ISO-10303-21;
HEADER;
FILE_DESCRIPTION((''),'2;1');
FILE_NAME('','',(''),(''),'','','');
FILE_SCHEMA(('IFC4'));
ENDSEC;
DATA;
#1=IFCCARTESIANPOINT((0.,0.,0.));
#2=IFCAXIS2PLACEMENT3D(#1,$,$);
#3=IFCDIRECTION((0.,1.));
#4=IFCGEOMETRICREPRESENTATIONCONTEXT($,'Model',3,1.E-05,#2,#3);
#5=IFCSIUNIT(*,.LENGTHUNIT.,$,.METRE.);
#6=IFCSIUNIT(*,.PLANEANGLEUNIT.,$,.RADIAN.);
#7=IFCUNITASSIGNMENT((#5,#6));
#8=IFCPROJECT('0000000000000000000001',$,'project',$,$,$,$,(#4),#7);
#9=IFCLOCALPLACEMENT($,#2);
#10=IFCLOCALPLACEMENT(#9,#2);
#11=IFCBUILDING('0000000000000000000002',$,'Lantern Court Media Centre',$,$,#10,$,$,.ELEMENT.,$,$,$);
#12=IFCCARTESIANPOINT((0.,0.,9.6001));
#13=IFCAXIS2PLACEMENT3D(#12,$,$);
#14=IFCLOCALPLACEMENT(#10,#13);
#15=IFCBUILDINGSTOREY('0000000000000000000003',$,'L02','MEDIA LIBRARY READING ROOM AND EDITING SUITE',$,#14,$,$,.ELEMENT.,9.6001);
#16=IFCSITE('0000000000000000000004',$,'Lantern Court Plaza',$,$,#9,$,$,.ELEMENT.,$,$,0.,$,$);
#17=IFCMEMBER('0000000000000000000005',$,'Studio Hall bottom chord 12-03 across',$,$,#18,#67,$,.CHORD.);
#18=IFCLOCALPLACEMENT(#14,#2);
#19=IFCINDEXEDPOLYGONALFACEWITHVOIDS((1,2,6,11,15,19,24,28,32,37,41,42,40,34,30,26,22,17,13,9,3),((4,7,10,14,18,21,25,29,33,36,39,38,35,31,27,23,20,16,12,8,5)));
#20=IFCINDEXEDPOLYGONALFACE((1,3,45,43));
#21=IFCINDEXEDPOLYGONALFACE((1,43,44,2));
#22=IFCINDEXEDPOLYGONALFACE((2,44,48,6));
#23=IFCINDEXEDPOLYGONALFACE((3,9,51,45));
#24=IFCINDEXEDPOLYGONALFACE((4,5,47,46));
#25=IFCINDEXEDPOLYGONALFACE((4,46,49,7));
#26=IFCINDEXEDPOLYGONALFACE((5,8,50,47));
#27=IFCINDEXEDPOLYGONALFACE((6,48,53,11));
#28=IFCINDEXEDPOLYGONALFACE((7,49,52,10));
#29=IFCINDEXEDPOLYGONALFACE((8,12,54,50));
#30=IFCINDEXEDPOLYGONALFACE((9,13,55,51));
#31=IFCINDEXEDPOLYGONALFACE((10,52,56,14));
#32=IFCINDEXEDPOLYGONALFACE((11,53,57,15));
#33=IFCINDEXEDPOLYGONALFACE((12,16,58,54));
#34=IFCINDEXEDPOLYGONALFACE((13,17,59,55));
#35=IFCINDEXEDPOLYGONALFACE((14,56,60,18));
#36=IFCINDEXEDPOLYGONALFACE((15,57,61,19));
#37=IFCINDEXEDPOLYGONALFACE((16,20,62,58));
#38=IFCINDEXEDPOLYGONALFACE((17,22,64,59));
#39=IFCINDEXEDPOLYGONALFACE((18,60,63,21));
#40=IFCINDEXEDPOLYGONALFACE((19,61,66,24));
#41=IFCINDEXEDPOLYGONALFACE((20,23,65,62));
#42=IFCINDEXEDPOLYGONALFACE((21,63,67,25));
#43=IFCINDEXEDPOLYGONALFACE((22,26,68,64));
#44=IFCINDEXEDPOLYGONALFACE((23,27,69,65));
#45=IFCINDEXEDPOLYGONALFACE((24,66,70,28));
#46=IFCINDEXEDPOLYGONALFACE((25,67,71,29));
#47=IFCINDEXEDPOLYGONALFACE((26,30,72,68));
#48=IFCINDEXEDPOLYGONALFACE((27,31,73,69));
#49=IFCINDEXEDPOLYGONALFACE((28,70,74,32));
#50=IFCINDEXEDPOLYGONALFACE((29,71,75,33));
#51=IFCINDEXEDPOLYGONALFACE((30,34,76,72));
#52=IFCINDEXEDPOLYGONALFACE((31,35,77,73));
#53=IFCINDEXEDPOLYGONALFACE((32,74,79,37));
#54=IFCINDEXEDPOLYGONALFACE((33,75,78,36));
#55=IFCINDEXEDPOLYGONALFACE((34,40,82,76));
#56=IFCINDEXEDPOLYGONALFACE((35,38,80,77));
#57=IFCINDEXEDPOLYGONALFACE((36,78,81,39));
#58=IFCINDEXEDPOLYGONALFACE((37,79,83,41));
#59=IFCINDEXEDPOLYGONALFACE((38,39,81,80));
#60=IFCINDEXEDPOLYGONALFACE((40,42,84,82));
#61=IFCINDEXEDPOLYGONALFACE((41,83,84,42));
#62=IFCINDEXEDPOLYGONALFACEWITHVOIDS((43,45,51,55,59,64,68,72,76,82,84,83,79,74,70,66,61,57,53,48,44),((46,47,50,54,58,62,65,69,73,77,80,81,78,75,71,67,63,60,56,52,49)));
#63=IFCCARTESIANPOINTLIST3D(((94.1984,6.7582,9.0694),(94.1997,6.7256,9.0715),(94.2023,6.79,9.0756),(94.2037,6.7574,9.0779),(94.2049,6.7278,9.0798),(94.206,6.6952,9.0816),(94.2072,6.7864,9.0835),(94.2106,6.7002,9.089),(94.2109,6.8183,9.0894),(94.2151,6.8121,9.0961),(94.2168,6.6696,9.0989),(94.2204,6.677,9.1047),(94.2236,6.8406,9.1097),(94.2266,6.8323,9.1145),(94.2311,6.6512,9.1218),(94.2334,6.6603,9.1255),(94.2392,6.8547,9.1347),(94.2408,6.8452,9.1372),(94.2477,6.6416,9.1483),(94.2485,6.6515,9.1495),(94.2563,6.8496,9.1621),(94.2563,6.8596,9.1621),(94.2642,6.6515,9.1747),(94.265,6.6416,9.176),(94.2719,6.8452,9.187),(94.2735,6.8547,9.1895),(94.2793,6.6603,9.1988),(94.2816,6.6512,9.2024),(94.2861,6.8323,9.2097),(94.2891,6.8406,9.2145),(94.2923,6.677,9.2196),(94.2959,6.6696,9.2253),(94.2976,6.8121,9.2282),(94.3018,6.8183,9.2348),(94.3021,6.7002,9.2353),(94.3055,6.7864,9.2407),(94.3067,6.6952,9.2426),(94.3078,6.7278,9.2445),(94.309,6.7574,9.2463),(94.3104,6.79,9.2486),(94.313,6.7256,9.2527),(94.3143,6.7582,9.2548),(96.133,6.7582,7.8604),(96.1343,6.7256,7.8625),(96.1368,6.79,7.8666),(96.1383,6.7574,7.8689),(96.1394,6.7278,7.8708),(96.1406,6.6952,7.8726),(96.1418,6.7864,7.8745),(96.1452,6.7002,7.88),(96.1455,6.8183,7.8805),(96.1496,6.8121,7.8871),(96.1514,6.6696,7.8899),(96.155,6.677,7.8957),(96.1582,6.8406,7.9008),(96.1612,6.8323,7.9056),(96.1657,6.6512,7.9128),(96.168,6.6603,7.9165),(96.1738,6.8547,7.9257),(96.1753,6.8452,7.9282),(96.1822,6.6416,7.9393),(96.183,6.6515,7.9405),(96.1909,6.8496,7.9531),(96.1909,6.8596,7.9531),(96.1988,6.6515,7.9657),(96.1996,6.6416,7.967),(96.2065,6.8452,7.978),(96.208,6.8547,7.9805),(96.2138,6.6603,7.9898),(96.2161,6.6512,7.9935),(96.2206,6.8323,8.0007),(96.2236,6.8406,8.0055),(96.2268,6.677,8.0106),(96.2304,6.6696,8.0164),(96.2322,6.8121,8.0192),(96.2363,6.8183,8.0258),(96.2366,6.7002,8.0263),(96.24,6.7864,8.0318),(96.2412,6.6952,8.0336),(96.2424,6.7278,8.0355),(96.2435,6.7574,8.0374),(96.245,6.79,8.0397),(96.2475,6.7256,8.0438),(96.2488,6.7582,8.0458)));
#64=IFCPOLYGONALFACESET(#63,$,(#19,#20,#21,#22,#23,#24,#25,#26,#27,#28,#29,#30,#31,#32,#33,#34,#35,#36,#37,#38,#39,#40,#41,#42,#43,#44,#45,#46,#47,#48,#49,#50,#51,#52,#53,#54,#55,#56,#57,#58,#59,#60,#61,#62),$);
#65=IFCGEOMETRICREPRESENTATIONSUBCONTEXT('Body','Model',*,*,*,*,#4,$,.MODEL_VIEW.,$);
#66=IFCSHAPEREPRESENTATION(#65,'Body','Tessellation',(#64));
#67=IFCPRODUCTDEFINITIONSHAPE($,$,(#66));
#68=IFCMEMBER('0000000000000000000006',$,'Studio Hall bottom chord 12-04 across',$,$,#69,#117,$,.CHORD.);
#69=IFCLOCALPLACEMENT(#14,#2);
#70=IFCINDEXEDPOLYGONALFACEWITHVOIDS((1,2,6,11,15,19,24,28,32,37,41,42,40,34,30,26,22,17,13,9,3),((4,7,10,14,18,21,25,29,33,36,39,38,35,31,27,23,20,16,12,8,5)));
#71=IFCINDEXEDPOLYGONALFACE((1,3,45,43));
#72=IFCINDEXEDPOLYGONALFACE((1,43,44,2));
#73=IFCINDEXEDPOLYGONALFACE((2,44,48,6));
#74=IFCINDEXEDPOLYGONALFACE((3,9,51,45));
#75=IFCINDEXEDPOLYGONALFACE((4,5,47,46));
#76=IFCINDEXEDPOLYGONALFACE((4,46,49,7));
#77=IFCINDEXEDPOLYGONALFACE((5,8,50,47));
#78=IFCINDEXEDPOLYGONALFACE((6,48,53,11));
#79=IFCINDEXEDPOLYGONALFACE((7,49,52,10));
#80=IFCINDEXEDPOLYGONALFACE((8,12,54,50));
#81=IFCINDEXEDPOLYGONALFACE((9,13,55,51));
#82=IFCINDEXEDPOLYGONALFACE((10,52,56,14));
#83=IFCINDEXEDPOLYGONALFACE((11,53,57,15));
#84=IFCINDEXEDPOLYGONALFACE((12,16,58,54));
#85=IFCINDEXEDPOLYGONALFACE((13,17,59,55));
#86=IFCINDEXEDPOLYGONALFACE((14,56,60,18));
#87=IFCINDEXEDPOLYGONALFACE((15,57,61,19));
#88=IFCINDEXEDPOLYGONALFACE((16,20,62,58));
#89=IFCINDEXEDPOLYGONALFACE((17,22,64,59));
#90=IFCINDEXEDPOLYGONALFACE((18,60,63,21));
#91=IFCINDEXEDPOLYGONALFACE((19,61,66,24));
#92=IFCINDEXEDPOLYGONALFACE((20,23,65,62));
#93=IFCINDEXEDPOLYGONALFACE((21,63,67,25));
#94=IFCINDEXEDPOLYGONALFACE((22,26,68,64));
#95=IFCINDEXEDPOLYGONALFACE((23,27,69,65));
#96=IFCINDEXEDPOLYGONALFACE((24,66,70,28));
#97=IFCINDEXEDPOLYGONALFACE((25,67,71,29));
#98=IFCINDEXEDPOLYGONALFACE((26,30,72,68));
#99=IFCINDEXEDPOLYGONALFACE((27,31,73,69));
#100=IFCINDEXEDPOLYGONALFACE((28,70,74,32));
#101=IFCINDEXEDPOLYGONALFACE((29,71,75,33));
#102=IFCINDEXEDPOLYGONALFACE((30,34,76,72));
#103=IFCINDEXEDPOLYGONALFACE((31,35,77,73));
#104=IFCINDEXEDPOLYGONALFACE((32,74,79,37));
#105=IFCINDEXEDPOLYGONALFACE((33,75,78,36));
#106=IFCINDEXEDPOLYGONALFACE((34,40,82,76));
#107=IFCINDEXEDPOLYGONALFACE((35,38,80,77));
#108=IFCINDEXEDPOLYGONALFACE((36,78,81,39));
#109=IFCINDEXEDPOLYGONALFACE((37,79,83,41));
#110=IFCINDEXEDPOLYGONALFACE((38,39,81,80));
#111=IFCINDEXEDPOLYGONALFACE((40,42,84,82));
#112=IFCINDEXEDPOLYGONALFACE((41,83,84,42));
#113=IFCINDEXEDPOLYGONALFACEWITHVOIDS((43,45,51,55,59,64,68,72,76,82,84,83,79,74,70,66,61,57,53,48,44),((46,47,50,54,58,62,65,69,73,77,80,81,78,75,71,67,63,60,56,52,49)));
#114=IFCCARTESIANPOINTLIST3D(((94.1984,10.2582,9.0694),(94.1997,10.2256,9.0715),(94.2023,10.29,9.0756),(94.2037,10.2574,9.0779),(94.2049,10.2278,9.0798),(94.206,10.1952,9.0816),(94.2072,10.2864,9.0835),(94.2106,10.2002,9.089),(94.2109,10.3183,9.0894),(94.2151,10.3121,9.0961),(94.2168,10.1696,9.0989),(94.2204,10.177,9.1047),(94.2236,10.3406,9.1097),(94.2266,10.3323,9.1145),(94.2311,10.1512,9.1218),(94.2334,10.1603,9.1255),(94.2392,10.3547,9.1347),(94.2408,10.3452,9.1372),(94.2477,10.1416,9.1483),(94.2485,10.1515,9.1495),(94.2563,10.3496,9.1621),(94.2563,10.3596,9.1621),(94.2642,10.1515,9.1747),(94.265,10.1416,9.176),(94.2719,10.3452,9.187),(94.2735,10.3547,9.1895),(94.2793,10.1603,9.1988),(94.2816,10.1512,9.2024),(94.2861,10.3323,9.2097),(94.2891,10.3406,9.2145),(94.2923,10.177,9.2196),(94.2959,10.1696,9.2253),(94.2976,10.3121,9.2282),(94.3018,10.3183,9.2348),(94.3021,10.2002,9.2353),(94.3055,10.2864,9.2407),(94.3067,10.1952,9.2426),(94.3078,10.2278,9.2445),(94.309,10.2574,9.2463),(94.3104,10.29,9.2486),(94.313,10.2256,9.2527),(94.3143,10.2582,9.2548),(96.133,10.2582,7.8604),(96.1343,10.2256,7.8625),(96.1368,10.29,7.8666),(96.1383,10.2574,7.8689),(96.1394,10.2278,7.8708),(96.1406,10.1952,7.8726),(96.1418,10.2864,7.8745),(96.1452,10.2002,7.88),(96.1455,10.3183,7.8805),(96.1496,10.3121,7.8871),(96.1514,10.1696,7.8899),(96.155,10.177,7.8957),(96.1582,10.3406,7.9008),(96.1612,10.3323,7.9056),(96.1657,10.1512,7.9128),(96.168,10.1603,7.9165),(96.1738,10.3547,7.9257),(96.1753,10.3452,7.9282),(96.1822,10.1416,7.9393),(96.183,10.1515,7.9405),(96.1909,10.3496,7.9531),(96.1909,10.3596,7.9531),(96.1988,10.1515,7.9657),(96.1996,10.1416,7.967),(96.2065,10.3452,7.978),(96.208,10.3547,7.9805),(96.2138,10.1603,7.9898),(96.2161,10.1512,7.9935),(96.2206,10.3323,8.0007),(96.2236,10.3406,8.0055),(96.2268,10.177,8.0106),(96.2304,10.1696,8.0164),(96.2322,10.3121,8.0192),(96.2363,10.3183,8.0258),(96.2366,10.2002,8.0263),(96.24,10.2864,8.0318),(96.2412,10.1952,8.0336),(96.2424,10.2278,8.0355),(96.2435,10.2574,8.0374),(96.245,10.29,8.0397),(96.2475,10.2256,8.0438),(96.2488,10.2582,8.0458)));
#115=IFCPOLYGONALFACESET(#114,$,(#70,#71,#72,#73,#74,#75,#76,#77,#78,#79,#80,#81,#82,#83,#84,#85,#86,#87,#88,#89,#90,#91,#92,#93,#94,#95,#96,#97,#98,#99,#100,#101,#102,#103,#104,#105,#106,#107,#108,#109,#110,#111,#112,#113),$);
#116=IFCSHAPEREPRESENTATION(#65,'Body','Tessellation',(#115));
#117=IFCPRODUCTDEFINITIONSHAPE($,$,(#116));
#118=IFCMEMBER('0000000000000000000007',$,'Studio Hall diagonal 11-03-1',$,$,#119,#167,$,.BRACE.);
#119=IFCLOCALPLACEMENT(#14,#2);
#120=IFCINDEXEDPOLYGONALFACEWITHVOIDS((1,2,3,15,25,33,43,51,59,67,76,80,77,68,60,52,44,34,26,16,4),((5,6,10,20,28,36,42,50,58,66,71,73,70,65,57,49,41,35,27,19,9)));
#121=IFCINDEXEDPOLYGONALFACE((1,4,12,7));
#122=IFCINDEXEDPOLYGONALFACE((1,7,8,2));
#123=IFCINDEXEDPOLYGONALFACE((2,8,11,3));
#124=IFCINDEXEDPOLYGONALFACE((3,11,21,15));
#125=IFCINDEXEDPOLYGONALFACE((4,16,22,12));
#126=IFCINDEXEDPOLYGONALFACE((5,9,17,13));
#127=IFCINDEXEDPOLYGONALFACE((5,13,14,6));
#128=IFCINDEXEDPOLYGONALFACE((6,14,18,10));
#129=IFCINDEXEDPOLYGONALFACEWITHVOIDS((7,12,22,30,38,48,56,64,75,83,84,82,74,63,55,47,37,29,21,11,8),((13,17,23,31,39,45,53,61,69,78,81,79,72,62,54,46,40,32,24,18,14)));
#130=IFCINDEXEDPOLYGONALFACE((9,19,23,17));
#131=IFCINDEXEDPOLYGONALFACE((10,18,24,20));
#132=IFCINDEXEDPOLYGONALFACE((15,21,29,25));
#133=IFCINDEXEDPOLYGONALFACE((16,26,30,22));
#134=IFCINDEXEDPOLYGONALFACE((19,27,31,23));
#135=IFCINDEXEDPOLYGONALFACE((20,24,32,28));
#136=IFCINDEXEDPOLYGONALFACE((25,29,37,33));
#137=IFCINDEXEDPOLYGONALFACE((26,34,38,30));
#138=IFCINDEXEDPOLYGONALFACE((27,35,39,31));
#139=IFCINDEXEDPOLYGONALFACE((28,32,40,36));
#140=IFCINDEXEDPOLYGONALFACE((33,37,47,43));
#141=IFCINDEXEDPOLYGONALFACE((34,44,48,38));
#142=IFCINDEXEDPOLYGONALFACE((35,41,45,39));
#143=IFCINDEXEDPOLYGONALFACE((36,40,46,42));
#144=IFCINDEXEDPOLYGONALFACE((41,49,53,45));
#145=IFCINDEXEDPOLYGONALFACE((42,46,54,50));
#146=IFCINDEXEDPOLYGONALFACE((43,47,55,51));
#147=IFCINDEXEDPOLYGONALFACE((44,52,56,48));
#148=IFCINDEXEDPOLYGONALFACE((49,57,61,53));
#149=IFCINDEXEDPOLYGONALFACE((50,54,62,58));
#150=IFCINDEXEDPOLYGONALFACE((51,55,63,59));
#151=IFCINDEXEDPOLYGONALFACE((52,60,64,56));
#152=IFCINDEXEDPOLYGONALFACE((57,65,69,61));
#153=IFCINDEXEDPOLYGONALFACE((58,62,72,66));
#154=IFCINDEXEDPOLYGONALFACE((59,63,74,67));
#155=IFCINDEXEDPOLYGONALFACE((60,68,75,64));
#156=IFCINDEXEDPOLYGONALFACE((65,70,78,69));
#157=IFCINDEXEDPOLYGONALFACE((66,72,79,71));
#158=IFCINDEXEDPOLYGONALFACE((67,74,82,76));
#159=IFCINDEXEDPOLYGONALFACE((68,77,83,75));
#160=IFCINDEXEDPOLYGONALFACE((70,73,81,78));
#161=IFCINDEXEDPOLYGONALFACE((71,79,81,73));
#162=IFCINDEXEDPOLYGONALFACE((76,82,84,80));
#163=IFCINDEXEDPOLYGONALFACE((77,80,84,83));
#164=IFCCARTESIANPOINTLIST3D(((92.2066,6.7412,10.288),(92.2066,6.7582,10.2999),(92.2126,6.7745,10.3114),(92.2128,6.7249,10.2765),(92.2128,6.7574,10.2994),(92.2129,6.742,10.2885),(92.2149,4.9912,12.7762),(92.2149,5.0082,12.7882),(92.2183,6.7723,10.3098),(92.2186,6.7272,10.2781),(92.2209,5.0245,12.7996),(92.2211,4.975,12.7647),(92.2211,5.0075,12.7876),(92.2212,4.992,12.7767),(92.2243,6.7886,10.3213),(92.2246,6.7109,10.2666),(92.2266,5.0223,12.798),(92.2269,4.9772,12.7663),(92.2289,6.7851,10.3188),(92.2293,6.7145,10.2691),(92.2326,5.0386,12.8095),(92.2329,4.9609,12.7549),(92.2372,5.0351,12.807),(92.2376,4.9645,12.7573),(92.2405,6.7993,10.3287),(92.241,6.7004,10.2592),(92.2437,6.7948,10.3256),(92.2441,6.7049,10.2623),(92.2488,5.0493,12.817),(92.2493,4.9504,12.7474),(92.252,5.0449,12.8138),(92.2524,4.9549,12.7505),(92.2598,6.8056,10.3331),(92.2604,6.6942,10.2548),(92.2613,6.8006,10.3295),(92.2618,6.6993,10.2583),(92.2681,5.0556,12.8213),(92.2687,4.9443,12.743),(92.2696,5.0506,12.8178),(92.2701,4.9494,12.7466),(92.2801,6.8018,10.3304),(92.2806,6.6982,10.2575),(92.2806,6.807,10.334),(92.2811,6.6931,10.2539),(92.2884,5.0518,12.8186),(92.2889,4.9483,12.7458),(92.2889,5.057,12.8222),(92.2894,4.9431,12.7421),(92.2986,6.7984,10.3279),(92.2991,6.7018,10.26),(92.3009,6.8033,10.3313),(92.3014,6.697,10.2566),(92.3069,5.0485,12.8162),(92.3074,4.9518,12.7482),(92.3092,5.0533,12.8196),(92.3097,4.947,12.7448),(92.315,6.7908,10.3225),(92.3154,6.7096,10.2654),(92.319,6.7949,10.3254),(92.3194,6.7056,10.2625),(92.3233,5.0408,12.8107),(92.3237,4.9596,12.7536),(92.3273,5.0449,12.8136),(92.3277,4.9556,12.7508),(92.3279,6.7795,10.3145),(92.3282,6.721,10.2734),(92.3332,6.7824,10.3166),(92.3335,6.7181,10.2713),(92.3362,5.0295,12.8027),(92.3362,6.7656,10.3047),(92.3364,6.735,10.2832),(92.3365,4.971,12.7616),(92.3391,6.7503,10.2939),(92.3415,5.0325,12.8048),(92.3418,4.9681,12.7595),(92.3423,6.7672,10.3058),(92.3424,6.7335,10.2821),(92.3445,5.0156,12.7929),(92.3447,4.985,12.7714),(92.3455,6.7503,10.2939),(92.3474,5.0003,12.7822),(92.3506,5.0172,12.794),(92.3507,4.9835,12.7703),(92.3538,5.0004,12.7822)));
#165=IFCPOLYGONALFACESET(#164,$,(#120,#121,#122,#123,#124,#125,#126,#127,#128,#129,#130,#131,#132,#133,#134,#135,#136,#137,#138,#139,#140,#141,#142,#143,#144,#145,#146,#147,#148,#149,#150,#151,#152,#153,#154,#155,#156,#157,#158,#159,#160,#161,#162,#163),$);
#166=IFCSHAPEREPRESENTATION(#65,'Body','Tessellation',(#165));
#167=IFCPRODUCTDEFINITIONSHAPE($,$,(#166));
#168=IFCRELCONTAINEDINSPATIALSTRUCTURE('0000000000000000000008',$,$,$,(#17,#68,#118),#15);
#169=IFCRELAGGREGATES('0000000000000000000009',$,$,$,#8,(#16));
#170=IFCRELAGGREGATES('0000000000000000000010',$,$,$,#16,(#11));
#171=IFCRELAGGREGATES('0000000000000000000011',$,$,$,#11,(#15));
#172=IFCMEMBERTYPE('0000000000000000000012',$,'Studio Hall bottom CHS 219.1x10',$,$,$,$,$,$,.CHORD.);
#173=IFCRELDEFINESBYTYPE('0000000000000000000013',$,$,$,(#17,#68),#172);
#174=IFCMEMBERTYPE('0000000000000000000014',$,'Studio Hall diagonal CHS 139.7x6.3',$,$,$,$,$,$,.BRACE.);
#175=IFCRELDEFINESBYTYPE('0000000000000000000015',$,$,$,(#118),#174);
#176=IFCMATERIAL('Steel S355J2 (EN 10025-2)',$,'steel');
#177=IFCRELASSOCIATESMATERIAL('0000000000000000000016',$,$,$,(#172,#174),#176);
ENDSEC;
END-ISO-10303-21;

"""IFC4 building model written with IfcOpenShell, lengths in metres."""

from ifc_helpers import new_model, si_unit, direction, frame, origin, origin_2d, place, context, subcontext, project, spatial, hollow_circle, extrude, material, material_profile, profile_set, type_object, element, save


model = new_model("IFC4")

# Units and contexts
model_context = context("Model", 3, precision=1e-05, world=origin(), true_north=direction((0.0, 1.0)))
body_context = subcontext(model_context, "Body", "Model", "MODEL_VIEW")
ifc_project = project(units=[si_unit("LENGTHUNIT", "METRE"), si_unit("PLANEANGLEUNIT", "RADIAN")], contexts=[model_context])

# Site, building, storey
site_placement = place(None, origin())
site = spatial("IfcSite", under=ifc_project, at=site_placement, Name="Lantern Court Plaza", CompositionType="ELEMENT", RefElevation=0.0)
building_placement = place(site_placement, origin())
building = spatial("IfcBuilding", under=site, at=building_placement, Name="Lantern Court Media Centre", CompositionType="ELEMENT")
storey_placement = place(building_placement, frame((0.0, 0.0, 9.6001)))
storey = spatial("IfcBuildingStorey", under=building, at=storey_placement, Name="L02", Description="MEDIA LIBRARY READING ROOM AND EDITING SUITE", CompositionType="ELEMENT", Elevation=9.6001)

# Members
ifc_material_1 = material(Name="Steel S355J2 (EN 10025-2)", Category="steel")
ifc_material_profile_1 = material_profile(ifc_material_1, hollow_circle(Radius=0.1096, WallThickness=0.01, at=origin_2d()), Name="Studio Hall bottom CHS 219.1x10")
ifc_profile_set_1 = profile_set([ifc_material_profile_1], Name="Steel S355J2 (EN 10025-2)")
member_type_1 = type_object("IfcMemberType", Name="Studio Hall bottom CHS 219.1x10", PredefinedType="CHORD", material=ifc_profile_set_1)
for number, where, z_axis, x_axis, name in (
    (1, (94.2563, 6.75, 9.1621), (0.848022, 0.0, -0.52996), (0.0, 1.0, 0.0), "Studio Hall bottom chord 12-03 across"),
    (2, (94.2563, 10.25, 9.1621), (0.848022, 0.0, -0.52996), (0.0, 1.0, 0.0), "Studio Hall bottom chord 12-04 across"),
):
    element("IfcMember", number, at=place(storey_placement, frame(where, z_axis=z_axis, x_axis=x_axis)), inside=storey, type_object=member_type_1, Name=name, PredefinedType="CHORD", context=body_context, shape_type="SweptSolid", body=[
        extrude(hollow_circle(Radius=0.1096, WallThickness=0.01, at=origin_2d()), origin(), (0.0, 0.0, 1.0), 2.2812),
    ])
ifc_material_profile_2 = material_profile(ifc_material_1, hollow_circle(Radius=0.0698, WallThickness=0.0063, at=origin_2d()), Name="Studio Hall diagonal CHS 139.7x6.3")
ifc_profile_set_2 = profile_set([ifc_material_profile_2], Name="Steel S355J2 (EN 10025-2)")
member_type_2 = type_object("IfcMemberType", Name="Studio Hall diagonal CHS 139.7x6.3", PredefinedType="BRACE", material=ifc_profile_set_2)
for number, where, z_axis, x_axis, name in (
    (3, (92.2756, 6.75, 10.2939), (0.002729, -0.575269, 0.81796), (0.999989, 0.004743, 0.0), "Studio Hall diagonal 11-03-1"),
):
    element("IfcMember", number, at=place(storey_placement, frame(where, z_axis=z_axis, x_axis=x_axis)), inside=storey, type_object=member_type_2, Name=name, PredefinedType="BRACE", context=body_context, shape_type="SweptSolid", body=[
        extrude(hollow_circle(Radius=0.0698, WallThickness=0.0063, at=origin_2d()), origin(), (0.0, 0.0, 1.0), 3.042),
    ])

save(model, "model.ifc")
